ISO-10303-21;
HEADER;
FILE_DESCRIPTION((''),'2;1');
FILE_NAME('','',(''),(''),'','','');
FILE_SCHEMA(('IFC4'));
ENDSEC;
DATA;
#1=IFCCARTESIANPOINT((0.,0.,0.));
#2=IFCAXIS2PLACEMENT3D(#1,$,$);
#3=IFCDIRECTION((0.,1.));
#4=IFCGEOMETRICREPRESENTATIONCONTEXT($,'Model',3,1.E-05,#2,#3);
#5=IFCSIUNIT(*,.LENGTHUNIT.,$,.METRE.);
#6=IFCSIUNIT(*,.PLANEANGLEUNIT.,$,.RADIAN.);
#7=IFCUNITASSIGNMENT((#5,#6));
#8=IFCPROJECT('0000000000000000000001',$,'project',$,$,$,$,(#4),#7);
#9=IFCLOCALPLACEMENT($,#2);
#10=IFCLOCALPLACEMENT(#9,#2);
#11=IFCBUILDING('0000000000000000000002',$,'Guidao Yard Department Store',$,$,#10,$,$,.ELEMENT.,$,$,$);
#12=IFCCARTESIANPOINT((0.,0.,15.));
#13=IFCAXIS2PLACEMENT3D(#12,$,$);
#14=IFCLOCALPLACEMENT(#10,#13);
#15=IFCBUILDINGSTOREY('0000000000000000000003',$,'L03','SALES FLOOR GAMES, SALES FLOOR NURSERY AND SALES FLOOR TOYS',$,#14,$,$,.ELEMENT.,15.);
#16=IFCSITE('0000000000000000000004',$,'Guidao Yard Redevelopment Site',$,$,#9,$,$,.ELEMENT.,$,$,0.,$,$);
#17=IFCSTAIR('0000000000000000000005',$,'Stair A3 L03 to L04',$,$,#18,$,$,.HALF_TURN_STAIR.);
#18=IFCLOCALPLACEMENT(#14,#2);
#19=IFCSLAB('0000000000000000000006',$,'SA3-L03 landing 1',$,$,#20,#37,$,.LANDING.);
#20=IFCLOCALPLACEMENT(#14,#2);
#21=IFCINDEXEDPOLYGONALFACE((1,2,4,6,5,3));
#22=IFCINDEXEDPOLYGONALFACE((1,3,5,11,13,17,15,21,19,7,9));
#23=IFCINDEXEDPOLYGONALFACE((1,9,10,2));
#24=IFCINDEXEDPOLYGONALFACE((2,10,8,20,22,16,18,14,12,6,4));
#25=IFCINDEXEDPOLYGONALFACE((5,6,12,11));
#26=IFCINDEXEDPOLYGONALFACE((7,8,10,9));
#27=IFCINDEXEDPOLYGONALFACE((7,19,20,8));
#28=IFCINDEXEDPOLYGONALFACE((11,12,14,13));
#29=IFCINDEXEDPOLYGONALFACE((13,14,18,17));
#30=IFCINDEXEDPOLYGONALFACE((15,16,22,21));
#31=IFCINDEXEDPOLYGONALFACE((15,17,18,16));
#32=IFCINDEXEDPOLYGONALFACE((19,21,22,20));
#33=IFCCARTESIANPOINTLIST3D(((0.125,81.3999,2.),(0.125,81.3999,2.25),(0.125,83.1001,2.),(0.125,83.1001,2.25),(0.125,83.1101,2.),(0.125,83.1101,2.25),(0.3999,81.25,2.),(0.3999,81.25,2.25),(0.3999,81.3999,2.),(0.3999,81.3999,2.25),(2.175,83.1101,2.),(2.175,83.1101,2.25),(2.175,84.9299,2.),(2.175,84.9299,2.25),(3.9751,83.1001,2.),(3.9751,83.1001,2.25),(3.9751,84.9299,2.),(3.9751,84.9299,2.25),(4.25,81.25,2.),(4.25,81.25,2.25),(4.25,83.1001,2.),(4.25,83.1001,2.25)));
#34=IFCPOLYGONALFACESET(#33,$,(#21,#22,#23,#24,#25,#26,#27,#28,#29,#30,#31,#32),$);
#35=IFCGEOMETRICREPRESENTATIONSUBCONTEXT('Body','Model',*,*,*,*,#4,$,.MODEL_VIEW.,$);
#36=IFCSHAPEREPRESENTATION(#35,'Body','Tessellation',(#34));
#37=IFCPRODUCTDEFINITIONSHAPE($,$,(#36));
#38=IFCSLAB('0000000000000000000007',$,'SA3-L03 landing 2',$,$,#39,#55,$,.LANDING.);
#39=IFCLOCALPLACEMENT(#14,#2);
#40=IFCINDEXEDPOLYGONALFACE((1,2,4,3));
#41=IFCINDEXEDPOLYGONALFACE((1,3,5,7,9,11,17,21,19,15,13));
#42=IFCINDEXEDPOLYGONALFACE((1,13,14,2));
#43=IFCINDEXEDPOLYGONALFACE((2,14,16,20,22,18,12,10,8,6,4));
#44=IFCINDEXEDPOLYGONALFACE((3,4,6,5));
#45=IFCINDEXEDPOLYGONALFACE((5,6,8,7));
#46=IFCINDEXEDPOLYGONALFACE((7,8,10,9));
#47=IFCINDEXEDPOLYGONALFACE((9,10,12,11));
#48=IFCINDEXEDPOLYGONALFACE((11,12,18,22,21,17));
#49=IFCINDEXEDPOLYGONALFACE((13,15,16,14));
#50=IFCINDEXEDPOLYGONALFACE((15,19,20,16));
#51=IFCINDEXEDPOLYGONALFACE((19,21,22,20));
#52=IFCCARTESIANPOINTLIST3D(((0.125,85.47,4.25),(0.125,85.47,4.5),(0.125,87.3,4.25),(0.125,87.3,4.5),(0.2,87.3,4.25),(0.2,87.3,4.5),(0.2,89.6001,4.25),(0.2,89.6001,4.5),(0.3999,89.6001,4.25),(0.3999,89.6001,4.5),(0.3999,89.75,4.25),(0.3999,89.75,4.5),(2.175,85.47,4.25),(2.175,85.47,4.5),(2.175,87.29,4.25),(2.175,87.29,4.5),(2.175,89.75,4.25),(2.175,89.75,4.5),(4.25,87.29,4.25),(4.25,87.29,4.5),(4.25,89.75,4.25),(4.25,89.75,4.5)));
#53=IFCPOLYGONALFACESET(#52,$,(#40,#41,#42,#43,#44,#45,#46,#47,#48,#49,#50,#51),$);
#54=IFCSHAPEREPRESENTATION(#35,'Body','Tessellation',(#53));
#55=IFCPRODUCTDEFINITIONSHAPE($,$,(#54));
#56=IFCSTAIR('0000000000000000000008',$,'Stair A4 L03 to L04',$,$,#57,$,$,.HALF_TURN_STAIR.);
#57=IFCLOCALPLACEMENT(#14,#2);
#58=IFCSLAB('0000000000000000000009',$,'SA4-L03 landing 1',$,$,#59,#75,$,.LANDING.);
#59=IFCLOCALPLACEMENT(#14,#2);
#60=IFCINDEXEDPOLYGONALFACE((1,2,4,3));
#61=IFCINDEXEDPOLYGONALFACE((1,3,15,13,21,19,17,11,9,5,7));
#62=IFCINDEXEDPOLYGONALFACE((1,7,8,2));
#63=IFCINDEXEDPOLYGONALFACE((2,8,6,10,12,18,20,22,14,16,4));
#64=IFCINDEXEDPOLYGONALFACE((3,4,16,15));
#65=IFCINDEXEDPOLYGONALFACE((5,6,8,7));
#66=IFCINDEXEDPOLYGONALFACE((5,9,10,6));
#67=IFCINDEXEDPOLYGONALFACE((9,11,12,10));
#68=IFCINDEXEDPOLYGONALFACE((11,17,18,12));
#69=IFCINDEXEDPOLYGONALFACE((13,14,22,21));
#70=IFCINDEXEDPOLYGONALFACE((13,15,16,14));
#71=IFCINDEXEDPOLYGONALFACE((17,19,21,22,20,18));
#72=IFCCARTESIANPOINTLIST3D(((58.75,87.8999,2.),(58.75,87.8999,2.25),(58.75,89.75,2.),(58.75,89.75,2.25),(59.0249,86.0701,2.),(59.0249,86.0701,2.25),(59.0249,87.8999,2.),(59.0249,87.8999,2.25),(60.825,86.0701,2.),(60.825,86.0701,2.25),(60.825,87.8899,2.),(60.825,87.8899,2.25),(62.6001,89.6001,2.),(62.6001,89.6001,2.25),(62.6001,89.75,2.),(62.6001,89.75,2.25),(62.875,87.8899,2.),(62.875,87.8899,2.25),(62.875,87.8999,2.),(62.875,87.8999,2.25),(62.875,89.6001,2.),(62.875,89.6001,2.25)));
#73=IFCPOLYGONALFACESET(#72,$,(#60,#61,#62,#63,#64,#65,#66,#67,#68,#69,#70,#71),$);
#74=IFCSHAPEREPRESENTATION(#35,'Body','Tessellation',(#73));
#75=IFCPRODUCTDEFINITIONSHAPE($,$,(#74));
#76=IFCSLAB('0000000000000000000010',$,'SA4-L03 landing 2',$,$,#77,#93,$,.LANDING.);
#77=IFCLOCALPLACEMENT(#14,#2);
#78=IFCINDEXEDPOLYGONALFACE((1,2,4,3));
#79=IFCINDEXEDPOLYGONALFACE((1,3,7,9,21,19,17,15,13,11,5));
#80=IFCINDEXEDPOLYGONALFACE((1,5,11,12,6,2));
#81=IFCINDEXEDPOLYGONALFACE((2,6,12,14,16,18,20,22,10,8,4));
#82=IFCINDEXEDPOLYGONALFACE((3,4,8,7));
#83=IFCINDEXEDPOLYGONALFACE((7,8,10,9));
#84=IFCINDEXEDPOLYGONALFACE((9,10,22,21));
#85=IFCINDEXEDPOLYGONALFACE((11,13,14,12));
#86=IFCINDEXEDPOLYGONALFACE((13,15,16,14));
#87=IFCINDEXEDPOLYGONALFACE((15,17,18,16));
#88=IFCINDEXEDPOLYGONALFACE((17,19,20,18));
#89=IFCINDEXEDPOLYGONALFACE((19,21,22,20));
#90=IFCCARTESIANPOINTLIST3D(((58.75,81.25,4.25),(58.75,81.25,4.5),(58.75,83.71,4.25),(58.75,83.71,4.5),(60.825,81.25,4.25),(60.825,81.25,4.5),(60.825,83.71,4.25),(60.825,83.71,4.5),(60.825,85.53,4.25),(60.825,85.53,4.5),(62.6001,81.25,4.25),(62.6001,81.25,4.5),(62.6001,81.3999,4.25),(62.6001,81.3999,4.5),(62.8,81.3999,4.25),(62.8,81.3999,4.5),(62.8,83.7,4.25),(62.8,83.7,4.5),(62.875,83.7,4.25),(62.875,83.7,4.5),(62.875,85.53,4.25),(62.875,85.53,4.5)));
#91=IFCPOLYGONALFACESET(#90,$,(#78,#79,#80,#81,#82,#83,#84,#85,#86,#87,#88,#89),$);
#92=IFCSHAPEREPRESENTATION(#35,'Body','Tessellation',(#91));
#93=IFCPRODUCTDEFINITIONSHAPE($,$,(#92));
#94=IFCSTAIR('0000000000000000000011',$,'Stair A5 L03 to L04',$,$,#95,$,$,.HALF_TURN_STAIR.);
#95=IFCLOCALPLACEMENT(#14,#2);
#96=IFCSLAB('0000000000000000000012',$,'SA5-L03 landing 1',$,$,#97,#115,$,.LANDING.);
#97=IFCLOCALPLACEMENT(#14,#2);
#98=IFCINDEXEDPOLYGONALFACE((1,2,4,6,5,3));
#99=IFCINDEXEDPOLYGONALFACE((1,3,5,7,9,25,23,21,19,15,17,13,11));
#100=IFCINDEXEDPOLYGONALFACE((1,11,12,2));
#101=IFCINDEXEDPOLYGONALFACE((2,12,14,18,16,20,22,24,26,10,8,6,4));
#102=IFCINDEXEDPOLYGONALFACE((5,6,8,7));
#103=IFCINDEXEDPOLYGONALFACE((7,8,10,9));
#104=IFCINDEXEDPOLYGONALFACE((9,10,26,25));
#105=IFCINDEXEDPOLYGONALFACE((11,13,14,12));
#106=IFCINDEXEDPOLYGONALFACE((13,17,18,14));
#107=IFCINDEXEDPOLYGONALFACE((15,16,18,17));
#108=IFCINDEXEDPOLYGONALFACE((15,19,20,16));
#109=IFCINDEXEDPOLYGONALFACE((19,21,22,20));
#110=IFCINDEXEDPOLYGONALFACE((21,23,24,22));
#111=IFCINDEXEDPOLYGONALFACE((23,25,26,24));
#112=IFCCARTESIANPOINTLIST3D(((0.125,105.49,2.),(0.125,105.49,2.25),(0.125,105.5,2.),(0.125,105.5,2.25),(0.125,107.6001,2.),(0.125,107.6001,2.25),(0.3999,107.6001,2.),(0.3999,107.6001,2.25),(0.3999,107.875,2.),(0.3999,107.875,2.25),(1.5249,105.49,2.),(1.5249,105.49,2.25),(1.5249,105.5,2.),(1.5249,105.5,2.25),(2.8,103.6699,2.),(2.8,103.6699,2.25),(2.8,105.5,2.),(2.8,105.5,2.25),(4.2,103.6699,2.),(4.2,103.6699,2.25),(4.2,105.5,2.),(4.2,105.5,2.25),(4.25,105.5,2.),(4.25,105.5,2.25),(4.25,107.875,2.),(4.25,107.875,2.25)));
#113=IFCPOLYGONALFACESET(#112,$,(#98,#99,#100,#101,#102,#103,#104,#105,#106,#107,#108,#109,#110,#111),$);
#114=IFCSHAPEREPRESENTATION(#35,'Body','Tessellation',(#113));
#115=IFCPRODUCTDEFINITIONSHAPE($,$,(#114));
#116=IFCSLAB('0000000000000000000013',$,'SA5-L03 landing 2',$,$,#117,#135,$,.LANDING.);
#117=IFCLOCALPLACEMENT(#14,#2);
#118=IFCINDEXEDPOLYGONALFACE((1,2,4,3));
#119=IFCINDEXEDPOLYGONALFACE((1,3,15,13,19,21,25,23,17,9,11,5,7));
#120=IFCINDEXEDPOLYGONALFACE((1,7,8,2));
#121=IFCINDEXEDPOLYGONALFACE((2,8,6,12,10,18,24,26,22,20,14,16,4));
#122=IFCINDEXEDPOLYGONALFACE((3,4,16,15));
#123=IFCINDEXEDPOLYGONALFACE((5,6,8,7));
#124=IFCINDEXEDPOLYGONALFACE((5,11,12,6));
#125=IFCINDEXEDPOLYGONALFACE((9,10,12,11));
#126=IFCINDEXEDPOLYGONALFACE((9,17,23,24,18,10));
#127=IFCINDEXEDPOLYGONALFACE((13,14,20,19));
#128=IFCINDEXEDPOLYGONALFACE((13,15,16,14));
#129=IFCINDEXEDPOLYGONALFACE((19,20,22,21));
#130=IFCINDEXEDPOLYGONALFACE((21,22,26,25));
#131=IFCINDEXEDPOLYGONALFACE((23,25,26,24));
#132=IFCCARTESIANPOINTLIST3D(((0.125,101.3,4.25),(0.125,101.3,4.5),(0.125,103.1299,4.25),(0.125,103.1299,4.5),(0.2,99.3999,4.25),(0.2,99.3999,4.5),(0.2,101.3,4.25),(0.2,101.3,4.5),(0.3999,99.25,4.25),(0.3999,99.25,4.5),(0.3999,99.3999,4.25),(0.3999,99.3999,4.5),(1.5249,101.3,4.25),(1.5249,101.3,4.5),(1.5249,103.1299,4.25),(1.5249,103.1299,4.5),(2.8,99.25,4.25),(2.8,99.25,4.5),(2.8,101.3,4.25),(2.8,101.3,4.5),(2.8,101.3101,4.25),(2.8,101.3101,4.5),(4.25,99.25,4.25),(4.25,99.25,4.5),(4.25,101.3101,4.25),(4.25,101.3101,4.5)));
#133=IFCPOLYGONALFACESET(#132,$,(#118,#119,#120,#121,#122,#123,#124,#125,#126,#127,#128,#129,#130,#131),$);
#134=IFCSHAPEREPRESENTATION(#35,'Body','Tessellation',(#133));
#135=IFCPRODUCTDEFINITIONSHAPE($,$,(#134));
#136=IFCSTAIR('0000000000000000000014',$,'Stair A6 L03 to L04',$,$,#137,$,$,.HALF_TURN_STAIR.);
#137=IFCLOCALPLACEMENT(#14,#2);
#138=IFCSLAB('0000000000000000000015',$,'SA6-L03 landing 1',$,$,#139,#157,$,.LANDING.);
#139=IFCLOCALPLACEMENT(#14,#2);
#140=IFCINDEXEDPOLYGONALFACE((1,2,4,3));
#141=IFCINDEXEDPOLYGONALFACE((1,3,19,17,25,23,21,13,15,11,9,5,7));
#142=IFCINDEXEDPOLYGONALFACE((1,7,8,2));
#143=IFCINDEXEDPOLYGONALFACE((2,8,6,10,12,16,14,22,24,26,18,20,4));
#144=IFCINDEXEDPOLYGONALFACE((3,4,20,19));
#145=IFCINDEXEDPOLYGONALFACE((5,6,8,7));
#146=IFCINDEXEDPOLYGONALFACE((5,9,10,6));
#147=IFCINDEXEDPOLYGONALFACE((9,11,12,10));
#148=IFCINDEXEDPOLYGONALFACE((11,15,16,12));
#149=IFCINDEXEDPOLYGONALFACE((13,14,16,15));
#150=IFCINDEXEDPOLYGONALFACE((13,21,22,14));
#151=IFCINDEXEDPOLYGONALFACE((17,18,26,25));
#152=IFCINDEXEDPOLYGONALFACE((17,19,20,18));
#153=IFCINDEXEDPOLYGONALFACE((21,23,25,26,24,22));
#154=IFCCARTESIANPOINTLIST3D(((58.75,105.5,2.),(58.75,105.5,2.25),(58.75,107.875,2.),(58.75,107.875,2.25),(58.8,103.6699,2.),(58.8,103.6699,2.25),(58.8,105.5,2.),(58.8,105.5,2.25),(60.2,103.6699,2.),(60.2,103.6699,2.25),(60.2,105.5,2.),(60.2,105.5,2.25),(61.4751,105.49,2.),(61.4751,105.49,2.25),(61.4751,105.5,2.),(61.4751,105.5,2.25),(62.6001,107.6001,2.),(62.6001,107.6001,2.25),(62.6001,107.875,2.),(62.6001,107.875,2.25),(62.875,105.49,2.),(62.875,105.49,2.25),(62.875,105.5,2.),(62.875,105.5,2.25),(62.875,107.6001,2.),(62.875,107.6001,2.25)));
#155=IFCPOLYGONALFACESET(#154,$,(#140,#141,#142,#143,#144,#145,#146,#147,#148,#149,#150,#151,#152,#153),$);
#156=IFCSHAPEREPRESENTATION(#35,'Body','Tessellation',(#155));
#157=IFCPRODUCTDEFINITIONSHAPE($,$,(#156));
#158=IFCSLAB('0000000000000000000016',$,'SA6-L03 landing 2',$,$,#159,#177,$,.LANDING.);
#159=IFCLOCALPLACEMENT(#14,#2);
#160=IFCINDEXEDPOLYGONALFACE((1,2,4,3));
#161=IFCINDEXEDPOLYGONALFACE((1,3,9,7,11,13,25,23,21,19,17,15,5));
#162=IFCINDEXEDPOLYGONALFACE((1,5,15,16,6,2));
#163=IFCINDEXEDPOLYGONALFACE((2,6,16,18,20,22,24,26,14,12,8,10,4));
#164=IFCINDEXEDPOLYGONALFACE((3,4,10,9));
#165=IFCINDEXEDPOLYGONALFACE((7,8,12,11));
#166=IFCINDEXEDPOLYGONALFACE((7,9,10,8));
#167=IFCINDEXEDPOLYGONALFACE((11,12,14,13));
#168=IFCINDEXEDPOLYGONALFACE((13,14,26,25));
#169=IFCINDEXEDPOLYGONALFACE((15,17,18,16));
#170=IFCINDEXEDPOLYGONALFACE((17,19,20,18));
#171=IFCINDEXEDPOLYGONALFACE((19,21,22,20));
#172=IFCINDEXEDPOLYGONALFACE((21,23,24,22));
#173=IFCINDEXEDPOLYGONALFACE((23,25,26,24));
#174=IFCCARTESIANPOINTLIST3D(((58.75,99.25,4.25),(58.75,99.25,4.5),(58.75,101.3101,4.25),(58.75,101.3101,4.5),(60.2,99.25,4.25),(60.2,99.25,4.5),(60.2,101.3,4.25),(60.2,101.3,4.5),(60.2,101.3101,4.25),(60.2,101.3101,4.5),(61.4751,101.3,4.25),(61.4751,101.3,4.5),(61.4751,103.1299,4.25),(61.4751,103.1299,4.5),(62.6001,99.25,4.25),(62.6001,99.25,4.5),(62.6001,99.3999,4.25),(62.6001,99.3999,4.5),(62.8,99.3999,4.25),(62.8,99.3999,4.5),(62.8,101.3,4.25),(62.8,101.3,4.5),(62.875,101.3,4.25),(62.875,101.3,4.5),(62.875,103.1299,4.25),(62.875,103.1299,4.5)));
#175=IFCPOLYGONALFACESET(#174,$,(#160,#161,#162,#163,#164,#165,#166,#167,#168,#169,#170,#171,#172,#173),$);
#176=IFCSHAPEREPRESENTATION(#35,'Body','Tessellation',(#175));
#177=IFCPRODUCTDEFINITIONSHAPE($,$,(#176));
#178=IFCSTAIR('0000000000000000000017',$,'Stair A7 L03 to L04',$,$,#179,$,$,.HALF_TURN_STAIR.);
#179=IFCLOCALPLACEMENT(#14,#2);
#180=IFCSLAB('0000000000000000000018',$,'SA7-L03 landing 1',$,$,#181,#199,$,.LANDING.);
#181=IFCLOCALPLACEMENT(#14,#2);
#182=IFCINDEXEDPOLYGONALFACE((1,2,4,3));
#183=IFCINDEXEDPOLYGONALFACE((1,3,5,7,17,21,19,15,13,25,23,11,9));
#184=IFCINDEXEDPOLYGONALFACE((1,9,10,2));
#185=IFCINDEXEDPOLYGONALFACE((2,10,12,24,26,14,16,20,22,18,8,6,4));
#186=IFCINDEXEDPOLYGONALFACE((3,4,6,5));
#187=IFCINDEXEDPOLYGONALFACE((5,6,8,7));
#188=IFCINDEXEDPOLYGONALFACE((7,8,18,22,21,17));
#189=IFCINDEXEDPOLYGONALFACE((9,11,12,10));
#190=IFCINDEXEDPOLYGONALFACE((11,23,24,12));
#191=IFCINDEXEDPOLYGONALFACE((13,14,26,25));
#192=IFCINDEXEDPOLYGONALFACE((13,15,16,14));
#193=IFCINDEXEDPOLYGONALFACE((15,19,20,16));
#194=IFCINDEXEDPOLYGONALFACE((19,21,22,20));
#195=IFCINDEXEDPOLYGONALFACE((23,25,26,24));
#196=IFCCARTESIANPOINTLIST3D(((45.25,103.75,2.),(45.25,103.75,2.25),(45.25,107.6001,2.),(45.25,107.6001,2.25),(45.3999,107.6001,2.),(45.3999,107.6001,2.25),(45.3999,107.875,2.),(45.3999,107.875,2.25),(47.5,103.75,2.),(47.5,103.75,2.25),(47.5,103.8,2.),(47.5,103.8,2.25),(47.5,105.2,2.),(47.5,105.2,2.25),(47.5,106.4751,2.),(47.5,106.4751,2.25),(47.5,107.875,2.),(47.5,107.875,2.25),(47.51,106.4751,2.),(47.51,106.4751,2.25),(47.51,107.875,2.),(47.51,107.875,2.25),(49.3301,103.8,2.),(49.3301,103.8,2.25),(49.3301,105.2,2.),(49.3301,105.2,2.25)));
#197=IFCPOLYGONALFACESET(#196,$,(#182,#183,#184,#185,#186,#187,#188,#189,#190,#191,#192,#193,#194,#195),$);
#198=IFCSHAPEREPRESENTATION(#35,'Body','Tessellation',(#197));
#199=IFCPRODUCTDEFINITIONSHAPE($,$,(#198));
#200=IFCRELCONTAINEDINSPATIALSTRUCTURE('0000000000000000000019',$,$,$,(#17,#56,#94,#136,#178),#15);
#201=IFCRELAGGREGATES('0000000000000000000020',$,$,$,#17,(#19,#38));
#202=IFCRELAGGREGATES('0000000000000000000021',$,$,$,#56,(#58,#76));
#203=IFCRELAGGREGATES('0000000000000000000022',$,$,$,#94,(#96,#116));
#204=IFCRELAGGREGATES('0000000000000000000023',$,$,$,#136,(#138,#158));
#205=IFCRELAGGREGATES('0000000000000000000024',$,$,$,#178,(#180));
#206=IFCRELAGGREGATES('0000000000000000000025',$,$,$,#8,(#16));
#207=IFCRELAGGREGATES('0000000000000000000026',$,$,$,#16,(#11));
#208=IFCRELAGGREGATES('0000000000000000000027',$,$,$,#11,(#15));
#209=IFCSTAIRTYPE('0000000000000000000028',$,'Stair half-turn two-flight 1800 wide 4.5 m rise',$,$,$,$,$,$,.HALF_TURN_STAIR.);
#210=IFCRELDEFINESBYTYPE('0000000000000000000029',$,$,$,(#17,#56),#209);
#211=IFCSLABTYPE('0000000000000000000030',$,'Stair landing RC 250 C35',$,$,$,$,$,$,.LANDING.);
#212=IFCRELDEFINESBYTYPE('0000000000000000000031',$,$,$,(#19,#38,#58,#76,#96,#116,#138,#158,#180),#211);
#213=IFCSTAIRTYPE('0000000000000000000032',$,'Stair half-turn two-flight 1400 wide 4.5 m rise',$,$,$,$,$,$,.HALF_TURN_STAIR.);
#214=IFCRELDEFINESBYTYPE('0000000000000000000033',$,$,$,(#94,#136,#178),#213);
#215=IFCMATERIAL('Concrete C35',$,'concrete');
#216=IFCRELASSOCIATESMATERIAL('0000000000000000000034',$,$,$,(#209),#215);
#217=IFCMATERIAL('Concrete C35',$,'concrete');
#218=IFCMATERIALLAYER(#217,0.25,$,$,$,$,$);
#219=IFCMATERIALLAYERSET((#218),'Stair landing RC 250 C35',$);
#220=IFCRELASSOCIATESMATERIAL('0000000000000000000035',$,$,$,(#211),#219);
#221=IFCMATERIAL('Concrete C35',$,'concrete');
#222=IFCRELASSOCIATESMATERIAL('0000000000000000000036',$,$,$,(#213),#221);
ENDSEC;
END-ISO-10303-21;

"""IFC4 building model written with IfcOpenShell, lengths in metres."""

from ifc_helpers import new_model, si_unit, direction, frame, origin, place, context, subcontext, project, spatial, polyline, outline, extrude, material, layer, layer_set, type_object, element, aggregate, save


model = new_model("IFC4")

# Units and contexts
model_context = context("Model", 3, precision=1e-05, world=origin(), true_north=direction((0.0, 1.0)))
body_context = subcontext(model_context, "Body", "Model", "MODEL_VIEW")
ifc_project = project(units=[si_unit("LENGTHUNIT", "METRE"), si_unit("PLANEANGLEUNIT", "RADIAN")], contexts=[model_context])

# Site, building, storey
site_placement = place(None, origin())
site = spatial("IfcSite", under=ifc_project, at=site_placement, Name="Guidao Yard Redevelopment Site", CompositionType="ELEMENT", RefElevation=0.0)
building_placement = place(site_placement, origin())
building = spatial("IfcBuilding", under=site, at=building_placement, Name="Guidao Yard Department Store", CompositionType="ELEMENT")
storey_placement = place(building_placement, frame((0.0, 0.0, 15.0)))
storey = spatial("IfcBuildingStorey", under=building, at=storey_placement, Name="L03", Description="SALES FLOOR GAMES, SALES FLOOR NURSERY AND SALES FLOOR TOYS", CompositionType="ELEMENT", Elevation=15.0)

# Stairs, slabs
ifc_material_1 = material(Name="Concrete C35", Category="concrete")
stair_type_1 = type_object("IfcStairType", Name="Stair half-turn two-flight 1800 wide 4.5 m rise", PredefinedType="HALF_TURN_STAIR", material=ifc_material_1)
ifc_material_2 = material(Name="Concrete C35", Category="concrete")
ifc_layer_1 = layer(ifc_material_2, 0.25)
ifc_layer_set_1 = layer_set([ifc_layer_1], Name="Stair landing RC 250 C35")
slab_type_1 = type_object("IfcSlabType", Name="Stair landing RC 250 C35", PredefinedType="LANDING", material=ifc_layer_set_1)
stair_1_placement = place(storey_placement, origin())
stair_1 = element("IfcStair", 1, at=stair_1_placement, inside=storey, type_object=stair_type_1, Name="Stair A3 L03 to L04", PredefinedType="HALF_TURN_STAIR")
slab_1_placement = place(storey_placement, frame((0.0, 0.0, 2.0)))
slab_1 = element("IfcSlab", 2, at=slab_1_placement, type_object=slab_type_1, Name="SA3-L03 landing 1", PredefinedType="LANDING", context=body_context, shape_type="SweptSolid", body=[
    extrude(outline(polyline([(0.3999, 81.25), (0.3999, 81.3999), (0.125, 81.3999), (0.125, 83.1001), (0.125, 83.1101), (2.175, 83.1101), (2.175, 84.9299), (3.9751, 84.9299), (3.9751, 83.1001), (4.25, 83.1001), (4.25, 81.25), (0.3999, 81.25)])), origin(), (0.0, 0.0, 1.0), 0.25),
])
slab_2_placement = place(storey_placement, frame((0.0, 0.0, 4.25)))
slab_2 = element("IfcSlab", 3, at=slab_2_placement, type_object=slab_type_1, Name="SA3-L03 landing 2", PredefinedType="LANDING", context=body_context, shape_type="SweptSolid", body=[
    extrude(outline(polyline([(0.125, 87.3), (0.2, 87.3), (0.2, 89.6001), (0.3999, 89.6001), (0.3999, 89.75), (2.175, 89.75), (4.25, 89.75), (4.25, 87.29), (2.175, 87.29), (2.175, 85.47), (0.125, 85.47), (0.125, 87.3)])), origin(), (0.0, 0.0, 1.0), 0.25),
])
aggregate(stair_1, [slab_1, slab_2])
stair_2_placement = place(storey_placement, origin())
stair_2 = element("IfcStair", 4, at=stair_2_placement, inside=storey, type_object=stair_type_1, Name="Stair A4 L03 to L04", PredefinedType="HALF_TURN_STAIR")
slab_3_placement = place(storey_placement, frame((0.0, 0.0, 2.0)))
slab_3 = element("IfcSlab", 5, at=slab_3_placement, type_object=slab_type_1, Name="SA4-L03 landing 1", PredefinedType="LANDING", context=body_context, shape_type="SweptSolid", body=[
    extrude(outline(polyline([(59.0249, 87.8999), (58.75, 87.8999), (58.75, 89.75), (62.6001, 89.75), (62.6001, 89.6001), (62.875, 89.6001), (62.875, 87.8999), (62.875, 87.8899), (60.825, 87.8899), (60.825, 86.0701), (59.0249, 86.0701), (59.0249, 87.8999)])), origin(), (0.0, 0.0, 1.0), 0.25),
])
slab_4_placement = place(storey_placement, frame((0.0, 0.0, 4.25)))
slab_4 = element("IfcSlab", 6, at=slab_4_placement, type_object=slab_type_1, Name="SA4-L03 landing 2", PredefinedType="LANDING", context=body_context, shape_type="SweptSolid", body=[
    extrude(outline(polyline([(58.75, 81.25), (58.75, 83.71), (60.825, 83.71), (60.825, 85.53), (62.875, 85.53), (62.875, 83.7), (62.8, 83.7), (62.8, 81.3999), (62.6001, 81.3999), (62.6001, 81.25), (60.825, 81.25), (58.75, 81.25)])), origin(), (0.0, 0.0, 1.0), 0.25),
])
aggregate(stair_2, [slab_3, slab_4])
ifc_material_3 = material(Name="Concrete C35", Category="concrete")
stair_type_2 = type_object("IfcStairType", Name="Stair half-turn two-flight 1400 wide 4.5 m rise", PredefinedType="HALF_TURN_STAIR", material=ifc_material_3)
stair_3_placement = place(storey_placement, origin())
stair_3 = element("IfcStair", 7, at=stair_3_placement, inside=storey, type_object=stair_type_2, Name="Stair A5 L03 to L04", PredefinedType="HALF_TURN_STAIR")
slab_5_placement = place(storey_placement, frame((0.0, 0.0, 2.0)))
slab_5 = element("IfcSlab", 8, at=slab_5_placement, type_object=slab_type_1, Name="SA5-L03 landing 1", PredefinedType="LANDING", context=body_context, shape_type="SweptSolid", body=[
    extrude(outline(polyline([(2.8, 105.5), (1.5249, 105.5), (1.5249, 105.49), (0.125, 105.49), (0.125, 105.5), (0.125, 107.6001), (0.3999, 107.6001), (0.3999, 107.875), (4.25, 107.875), (4.25, 105.5), (4.2, 105.5), (4.2, 103.6699), (2.8, 103.6699), (2.8, 105.5)])), origin(), (0.0, 0.0, 1.0), 0.25),
])
slab_6_placement = place(storey_placement, frame((0.0, 0.0, 4.25)))
slab_6 = element("IfcSlab", 9, at=slab_6_placement, type_object=slab_type_1, Name="SA5-L03 landing 2", PredefinedType="LANDING", context=body_context, shape_type="SweptSolid", body=[
    extrude(outline(polyline([(4.25, 101.3101), (4.25, 99.25), (2.8, 99.25), (0.3999, 99.25), (0.3999, 99.3999), (0.2, 99.3999), (0.2, 101.3), (0.125, 101.3), (0.125, 103.1299), (1.5249, 103.1299), (1.5249, 101.3), (2.8, 101.3), (2.8, 101.3101), (4.25, 101.3101)])), origin(), (0.0, 0.0, 1.0), 0.25),
])
aggregate(stair_3, [slab_5, slab_6])
stair_4_placement = place(storey_placement, origin())
stair_4 = element("IfcStair", 10, at=stair_4_placement, inside=storey, type_object=stair_type_2, Name="Stair A6 L03 to L04", PredefinedType="HALF_TURN_STAIR")
slab_7_placement = place(storey_placement, frame((0.0, 0.0, 2.0)))
slab_7 = element("IfcSlab", 11, at=slab_7_placement, type_object=slab_type_1, Name="SA6-L03 landing 1", PredefinedType="LANDING", context=body_context, shape_type="SweptSolid", body=[
    extrude(outline(polyline([(58.8, 105.5), (58.75, 105.5), (58.75, 107.875), (62.6001, 107.875), (62.6001, 107.6001), (62.875, 107.6001), (62.875, 105.5), (62.875, 105.49), (61.4751, 105.49), (61.4751, 105.5), (60.2, 105.5), (60.2, 103.6699), (58.8, 103.6699), (58.8, 105.5)])), origin(), (0.0, 0.0, 1.0), 0.25),
])
slab_8_placement = place(storey_placement, frame((0.0, 0.0, 4.25)))
slab_8 = element("IfcSlab", 12, at=slab_8_placement, type_object=slab_type_1, Name="SA6-L03 landing 2", PredefinedType="LANDING", context=body_context, shape_type="SweptSolid", body=[
    extrude(outline(polyline([(58.75, 99.25), (58.75, 101.3101), (60.2, 101.3101), (60.2, 101.3), (61.4751, 101.3), (61.4751, 103.1299), (62.875, 103.1299), (62.875, 101.3), (62.8, 101.3), (62.8, 99.3999), (62.6001, 99.3999), (62.6001, 99.25), (60.2, 99.25), (58.75, 99.25)])), origin(), (0.0, 0.0, 1.0), 0.25),
])
aggregate(stair_4, [slab_7, slab_8])
stair_5_placement = place(storey_placement, origin())
stair_5 = element("IfcStair", 13, at=stair_5_placement, inside=storey, type_object=stair_type_2, Name="Stair A7 L03 to L04", PredefinedType="HALF_TURN_STAIR")
slab_9_placement = place(storey_placement, frame((0.0, 0.0, 2.0)))
slab_9 = element("IfcSlab", 14, at=slab_9_placement, type_object=slab_type_1, Name="SA7-L03 landing 1", PredefinedType="LANDING", context=body_context, shape_type="SweptSolid", body=[
    extrude(outline(polyline([(47.5, 103.8), (47.5, 103.75), (45.25, 103.75), (45.25, 107.6001), (45.3999, 107.6001), (45.3999, 107.875), (47.5, 107.875), (47.51, 107.875), (47.51, 106.4751), (47.5, 106.4751), (47.5, 105.2), (49.3301, 105.2), (49.3301, 103.8), (47.5, 103.8)])), origin(), (0.0, 0.0, 1.0), 0.25),
])
aggregate(stair_5, [slab_9])

save(model, "model.ifc")
